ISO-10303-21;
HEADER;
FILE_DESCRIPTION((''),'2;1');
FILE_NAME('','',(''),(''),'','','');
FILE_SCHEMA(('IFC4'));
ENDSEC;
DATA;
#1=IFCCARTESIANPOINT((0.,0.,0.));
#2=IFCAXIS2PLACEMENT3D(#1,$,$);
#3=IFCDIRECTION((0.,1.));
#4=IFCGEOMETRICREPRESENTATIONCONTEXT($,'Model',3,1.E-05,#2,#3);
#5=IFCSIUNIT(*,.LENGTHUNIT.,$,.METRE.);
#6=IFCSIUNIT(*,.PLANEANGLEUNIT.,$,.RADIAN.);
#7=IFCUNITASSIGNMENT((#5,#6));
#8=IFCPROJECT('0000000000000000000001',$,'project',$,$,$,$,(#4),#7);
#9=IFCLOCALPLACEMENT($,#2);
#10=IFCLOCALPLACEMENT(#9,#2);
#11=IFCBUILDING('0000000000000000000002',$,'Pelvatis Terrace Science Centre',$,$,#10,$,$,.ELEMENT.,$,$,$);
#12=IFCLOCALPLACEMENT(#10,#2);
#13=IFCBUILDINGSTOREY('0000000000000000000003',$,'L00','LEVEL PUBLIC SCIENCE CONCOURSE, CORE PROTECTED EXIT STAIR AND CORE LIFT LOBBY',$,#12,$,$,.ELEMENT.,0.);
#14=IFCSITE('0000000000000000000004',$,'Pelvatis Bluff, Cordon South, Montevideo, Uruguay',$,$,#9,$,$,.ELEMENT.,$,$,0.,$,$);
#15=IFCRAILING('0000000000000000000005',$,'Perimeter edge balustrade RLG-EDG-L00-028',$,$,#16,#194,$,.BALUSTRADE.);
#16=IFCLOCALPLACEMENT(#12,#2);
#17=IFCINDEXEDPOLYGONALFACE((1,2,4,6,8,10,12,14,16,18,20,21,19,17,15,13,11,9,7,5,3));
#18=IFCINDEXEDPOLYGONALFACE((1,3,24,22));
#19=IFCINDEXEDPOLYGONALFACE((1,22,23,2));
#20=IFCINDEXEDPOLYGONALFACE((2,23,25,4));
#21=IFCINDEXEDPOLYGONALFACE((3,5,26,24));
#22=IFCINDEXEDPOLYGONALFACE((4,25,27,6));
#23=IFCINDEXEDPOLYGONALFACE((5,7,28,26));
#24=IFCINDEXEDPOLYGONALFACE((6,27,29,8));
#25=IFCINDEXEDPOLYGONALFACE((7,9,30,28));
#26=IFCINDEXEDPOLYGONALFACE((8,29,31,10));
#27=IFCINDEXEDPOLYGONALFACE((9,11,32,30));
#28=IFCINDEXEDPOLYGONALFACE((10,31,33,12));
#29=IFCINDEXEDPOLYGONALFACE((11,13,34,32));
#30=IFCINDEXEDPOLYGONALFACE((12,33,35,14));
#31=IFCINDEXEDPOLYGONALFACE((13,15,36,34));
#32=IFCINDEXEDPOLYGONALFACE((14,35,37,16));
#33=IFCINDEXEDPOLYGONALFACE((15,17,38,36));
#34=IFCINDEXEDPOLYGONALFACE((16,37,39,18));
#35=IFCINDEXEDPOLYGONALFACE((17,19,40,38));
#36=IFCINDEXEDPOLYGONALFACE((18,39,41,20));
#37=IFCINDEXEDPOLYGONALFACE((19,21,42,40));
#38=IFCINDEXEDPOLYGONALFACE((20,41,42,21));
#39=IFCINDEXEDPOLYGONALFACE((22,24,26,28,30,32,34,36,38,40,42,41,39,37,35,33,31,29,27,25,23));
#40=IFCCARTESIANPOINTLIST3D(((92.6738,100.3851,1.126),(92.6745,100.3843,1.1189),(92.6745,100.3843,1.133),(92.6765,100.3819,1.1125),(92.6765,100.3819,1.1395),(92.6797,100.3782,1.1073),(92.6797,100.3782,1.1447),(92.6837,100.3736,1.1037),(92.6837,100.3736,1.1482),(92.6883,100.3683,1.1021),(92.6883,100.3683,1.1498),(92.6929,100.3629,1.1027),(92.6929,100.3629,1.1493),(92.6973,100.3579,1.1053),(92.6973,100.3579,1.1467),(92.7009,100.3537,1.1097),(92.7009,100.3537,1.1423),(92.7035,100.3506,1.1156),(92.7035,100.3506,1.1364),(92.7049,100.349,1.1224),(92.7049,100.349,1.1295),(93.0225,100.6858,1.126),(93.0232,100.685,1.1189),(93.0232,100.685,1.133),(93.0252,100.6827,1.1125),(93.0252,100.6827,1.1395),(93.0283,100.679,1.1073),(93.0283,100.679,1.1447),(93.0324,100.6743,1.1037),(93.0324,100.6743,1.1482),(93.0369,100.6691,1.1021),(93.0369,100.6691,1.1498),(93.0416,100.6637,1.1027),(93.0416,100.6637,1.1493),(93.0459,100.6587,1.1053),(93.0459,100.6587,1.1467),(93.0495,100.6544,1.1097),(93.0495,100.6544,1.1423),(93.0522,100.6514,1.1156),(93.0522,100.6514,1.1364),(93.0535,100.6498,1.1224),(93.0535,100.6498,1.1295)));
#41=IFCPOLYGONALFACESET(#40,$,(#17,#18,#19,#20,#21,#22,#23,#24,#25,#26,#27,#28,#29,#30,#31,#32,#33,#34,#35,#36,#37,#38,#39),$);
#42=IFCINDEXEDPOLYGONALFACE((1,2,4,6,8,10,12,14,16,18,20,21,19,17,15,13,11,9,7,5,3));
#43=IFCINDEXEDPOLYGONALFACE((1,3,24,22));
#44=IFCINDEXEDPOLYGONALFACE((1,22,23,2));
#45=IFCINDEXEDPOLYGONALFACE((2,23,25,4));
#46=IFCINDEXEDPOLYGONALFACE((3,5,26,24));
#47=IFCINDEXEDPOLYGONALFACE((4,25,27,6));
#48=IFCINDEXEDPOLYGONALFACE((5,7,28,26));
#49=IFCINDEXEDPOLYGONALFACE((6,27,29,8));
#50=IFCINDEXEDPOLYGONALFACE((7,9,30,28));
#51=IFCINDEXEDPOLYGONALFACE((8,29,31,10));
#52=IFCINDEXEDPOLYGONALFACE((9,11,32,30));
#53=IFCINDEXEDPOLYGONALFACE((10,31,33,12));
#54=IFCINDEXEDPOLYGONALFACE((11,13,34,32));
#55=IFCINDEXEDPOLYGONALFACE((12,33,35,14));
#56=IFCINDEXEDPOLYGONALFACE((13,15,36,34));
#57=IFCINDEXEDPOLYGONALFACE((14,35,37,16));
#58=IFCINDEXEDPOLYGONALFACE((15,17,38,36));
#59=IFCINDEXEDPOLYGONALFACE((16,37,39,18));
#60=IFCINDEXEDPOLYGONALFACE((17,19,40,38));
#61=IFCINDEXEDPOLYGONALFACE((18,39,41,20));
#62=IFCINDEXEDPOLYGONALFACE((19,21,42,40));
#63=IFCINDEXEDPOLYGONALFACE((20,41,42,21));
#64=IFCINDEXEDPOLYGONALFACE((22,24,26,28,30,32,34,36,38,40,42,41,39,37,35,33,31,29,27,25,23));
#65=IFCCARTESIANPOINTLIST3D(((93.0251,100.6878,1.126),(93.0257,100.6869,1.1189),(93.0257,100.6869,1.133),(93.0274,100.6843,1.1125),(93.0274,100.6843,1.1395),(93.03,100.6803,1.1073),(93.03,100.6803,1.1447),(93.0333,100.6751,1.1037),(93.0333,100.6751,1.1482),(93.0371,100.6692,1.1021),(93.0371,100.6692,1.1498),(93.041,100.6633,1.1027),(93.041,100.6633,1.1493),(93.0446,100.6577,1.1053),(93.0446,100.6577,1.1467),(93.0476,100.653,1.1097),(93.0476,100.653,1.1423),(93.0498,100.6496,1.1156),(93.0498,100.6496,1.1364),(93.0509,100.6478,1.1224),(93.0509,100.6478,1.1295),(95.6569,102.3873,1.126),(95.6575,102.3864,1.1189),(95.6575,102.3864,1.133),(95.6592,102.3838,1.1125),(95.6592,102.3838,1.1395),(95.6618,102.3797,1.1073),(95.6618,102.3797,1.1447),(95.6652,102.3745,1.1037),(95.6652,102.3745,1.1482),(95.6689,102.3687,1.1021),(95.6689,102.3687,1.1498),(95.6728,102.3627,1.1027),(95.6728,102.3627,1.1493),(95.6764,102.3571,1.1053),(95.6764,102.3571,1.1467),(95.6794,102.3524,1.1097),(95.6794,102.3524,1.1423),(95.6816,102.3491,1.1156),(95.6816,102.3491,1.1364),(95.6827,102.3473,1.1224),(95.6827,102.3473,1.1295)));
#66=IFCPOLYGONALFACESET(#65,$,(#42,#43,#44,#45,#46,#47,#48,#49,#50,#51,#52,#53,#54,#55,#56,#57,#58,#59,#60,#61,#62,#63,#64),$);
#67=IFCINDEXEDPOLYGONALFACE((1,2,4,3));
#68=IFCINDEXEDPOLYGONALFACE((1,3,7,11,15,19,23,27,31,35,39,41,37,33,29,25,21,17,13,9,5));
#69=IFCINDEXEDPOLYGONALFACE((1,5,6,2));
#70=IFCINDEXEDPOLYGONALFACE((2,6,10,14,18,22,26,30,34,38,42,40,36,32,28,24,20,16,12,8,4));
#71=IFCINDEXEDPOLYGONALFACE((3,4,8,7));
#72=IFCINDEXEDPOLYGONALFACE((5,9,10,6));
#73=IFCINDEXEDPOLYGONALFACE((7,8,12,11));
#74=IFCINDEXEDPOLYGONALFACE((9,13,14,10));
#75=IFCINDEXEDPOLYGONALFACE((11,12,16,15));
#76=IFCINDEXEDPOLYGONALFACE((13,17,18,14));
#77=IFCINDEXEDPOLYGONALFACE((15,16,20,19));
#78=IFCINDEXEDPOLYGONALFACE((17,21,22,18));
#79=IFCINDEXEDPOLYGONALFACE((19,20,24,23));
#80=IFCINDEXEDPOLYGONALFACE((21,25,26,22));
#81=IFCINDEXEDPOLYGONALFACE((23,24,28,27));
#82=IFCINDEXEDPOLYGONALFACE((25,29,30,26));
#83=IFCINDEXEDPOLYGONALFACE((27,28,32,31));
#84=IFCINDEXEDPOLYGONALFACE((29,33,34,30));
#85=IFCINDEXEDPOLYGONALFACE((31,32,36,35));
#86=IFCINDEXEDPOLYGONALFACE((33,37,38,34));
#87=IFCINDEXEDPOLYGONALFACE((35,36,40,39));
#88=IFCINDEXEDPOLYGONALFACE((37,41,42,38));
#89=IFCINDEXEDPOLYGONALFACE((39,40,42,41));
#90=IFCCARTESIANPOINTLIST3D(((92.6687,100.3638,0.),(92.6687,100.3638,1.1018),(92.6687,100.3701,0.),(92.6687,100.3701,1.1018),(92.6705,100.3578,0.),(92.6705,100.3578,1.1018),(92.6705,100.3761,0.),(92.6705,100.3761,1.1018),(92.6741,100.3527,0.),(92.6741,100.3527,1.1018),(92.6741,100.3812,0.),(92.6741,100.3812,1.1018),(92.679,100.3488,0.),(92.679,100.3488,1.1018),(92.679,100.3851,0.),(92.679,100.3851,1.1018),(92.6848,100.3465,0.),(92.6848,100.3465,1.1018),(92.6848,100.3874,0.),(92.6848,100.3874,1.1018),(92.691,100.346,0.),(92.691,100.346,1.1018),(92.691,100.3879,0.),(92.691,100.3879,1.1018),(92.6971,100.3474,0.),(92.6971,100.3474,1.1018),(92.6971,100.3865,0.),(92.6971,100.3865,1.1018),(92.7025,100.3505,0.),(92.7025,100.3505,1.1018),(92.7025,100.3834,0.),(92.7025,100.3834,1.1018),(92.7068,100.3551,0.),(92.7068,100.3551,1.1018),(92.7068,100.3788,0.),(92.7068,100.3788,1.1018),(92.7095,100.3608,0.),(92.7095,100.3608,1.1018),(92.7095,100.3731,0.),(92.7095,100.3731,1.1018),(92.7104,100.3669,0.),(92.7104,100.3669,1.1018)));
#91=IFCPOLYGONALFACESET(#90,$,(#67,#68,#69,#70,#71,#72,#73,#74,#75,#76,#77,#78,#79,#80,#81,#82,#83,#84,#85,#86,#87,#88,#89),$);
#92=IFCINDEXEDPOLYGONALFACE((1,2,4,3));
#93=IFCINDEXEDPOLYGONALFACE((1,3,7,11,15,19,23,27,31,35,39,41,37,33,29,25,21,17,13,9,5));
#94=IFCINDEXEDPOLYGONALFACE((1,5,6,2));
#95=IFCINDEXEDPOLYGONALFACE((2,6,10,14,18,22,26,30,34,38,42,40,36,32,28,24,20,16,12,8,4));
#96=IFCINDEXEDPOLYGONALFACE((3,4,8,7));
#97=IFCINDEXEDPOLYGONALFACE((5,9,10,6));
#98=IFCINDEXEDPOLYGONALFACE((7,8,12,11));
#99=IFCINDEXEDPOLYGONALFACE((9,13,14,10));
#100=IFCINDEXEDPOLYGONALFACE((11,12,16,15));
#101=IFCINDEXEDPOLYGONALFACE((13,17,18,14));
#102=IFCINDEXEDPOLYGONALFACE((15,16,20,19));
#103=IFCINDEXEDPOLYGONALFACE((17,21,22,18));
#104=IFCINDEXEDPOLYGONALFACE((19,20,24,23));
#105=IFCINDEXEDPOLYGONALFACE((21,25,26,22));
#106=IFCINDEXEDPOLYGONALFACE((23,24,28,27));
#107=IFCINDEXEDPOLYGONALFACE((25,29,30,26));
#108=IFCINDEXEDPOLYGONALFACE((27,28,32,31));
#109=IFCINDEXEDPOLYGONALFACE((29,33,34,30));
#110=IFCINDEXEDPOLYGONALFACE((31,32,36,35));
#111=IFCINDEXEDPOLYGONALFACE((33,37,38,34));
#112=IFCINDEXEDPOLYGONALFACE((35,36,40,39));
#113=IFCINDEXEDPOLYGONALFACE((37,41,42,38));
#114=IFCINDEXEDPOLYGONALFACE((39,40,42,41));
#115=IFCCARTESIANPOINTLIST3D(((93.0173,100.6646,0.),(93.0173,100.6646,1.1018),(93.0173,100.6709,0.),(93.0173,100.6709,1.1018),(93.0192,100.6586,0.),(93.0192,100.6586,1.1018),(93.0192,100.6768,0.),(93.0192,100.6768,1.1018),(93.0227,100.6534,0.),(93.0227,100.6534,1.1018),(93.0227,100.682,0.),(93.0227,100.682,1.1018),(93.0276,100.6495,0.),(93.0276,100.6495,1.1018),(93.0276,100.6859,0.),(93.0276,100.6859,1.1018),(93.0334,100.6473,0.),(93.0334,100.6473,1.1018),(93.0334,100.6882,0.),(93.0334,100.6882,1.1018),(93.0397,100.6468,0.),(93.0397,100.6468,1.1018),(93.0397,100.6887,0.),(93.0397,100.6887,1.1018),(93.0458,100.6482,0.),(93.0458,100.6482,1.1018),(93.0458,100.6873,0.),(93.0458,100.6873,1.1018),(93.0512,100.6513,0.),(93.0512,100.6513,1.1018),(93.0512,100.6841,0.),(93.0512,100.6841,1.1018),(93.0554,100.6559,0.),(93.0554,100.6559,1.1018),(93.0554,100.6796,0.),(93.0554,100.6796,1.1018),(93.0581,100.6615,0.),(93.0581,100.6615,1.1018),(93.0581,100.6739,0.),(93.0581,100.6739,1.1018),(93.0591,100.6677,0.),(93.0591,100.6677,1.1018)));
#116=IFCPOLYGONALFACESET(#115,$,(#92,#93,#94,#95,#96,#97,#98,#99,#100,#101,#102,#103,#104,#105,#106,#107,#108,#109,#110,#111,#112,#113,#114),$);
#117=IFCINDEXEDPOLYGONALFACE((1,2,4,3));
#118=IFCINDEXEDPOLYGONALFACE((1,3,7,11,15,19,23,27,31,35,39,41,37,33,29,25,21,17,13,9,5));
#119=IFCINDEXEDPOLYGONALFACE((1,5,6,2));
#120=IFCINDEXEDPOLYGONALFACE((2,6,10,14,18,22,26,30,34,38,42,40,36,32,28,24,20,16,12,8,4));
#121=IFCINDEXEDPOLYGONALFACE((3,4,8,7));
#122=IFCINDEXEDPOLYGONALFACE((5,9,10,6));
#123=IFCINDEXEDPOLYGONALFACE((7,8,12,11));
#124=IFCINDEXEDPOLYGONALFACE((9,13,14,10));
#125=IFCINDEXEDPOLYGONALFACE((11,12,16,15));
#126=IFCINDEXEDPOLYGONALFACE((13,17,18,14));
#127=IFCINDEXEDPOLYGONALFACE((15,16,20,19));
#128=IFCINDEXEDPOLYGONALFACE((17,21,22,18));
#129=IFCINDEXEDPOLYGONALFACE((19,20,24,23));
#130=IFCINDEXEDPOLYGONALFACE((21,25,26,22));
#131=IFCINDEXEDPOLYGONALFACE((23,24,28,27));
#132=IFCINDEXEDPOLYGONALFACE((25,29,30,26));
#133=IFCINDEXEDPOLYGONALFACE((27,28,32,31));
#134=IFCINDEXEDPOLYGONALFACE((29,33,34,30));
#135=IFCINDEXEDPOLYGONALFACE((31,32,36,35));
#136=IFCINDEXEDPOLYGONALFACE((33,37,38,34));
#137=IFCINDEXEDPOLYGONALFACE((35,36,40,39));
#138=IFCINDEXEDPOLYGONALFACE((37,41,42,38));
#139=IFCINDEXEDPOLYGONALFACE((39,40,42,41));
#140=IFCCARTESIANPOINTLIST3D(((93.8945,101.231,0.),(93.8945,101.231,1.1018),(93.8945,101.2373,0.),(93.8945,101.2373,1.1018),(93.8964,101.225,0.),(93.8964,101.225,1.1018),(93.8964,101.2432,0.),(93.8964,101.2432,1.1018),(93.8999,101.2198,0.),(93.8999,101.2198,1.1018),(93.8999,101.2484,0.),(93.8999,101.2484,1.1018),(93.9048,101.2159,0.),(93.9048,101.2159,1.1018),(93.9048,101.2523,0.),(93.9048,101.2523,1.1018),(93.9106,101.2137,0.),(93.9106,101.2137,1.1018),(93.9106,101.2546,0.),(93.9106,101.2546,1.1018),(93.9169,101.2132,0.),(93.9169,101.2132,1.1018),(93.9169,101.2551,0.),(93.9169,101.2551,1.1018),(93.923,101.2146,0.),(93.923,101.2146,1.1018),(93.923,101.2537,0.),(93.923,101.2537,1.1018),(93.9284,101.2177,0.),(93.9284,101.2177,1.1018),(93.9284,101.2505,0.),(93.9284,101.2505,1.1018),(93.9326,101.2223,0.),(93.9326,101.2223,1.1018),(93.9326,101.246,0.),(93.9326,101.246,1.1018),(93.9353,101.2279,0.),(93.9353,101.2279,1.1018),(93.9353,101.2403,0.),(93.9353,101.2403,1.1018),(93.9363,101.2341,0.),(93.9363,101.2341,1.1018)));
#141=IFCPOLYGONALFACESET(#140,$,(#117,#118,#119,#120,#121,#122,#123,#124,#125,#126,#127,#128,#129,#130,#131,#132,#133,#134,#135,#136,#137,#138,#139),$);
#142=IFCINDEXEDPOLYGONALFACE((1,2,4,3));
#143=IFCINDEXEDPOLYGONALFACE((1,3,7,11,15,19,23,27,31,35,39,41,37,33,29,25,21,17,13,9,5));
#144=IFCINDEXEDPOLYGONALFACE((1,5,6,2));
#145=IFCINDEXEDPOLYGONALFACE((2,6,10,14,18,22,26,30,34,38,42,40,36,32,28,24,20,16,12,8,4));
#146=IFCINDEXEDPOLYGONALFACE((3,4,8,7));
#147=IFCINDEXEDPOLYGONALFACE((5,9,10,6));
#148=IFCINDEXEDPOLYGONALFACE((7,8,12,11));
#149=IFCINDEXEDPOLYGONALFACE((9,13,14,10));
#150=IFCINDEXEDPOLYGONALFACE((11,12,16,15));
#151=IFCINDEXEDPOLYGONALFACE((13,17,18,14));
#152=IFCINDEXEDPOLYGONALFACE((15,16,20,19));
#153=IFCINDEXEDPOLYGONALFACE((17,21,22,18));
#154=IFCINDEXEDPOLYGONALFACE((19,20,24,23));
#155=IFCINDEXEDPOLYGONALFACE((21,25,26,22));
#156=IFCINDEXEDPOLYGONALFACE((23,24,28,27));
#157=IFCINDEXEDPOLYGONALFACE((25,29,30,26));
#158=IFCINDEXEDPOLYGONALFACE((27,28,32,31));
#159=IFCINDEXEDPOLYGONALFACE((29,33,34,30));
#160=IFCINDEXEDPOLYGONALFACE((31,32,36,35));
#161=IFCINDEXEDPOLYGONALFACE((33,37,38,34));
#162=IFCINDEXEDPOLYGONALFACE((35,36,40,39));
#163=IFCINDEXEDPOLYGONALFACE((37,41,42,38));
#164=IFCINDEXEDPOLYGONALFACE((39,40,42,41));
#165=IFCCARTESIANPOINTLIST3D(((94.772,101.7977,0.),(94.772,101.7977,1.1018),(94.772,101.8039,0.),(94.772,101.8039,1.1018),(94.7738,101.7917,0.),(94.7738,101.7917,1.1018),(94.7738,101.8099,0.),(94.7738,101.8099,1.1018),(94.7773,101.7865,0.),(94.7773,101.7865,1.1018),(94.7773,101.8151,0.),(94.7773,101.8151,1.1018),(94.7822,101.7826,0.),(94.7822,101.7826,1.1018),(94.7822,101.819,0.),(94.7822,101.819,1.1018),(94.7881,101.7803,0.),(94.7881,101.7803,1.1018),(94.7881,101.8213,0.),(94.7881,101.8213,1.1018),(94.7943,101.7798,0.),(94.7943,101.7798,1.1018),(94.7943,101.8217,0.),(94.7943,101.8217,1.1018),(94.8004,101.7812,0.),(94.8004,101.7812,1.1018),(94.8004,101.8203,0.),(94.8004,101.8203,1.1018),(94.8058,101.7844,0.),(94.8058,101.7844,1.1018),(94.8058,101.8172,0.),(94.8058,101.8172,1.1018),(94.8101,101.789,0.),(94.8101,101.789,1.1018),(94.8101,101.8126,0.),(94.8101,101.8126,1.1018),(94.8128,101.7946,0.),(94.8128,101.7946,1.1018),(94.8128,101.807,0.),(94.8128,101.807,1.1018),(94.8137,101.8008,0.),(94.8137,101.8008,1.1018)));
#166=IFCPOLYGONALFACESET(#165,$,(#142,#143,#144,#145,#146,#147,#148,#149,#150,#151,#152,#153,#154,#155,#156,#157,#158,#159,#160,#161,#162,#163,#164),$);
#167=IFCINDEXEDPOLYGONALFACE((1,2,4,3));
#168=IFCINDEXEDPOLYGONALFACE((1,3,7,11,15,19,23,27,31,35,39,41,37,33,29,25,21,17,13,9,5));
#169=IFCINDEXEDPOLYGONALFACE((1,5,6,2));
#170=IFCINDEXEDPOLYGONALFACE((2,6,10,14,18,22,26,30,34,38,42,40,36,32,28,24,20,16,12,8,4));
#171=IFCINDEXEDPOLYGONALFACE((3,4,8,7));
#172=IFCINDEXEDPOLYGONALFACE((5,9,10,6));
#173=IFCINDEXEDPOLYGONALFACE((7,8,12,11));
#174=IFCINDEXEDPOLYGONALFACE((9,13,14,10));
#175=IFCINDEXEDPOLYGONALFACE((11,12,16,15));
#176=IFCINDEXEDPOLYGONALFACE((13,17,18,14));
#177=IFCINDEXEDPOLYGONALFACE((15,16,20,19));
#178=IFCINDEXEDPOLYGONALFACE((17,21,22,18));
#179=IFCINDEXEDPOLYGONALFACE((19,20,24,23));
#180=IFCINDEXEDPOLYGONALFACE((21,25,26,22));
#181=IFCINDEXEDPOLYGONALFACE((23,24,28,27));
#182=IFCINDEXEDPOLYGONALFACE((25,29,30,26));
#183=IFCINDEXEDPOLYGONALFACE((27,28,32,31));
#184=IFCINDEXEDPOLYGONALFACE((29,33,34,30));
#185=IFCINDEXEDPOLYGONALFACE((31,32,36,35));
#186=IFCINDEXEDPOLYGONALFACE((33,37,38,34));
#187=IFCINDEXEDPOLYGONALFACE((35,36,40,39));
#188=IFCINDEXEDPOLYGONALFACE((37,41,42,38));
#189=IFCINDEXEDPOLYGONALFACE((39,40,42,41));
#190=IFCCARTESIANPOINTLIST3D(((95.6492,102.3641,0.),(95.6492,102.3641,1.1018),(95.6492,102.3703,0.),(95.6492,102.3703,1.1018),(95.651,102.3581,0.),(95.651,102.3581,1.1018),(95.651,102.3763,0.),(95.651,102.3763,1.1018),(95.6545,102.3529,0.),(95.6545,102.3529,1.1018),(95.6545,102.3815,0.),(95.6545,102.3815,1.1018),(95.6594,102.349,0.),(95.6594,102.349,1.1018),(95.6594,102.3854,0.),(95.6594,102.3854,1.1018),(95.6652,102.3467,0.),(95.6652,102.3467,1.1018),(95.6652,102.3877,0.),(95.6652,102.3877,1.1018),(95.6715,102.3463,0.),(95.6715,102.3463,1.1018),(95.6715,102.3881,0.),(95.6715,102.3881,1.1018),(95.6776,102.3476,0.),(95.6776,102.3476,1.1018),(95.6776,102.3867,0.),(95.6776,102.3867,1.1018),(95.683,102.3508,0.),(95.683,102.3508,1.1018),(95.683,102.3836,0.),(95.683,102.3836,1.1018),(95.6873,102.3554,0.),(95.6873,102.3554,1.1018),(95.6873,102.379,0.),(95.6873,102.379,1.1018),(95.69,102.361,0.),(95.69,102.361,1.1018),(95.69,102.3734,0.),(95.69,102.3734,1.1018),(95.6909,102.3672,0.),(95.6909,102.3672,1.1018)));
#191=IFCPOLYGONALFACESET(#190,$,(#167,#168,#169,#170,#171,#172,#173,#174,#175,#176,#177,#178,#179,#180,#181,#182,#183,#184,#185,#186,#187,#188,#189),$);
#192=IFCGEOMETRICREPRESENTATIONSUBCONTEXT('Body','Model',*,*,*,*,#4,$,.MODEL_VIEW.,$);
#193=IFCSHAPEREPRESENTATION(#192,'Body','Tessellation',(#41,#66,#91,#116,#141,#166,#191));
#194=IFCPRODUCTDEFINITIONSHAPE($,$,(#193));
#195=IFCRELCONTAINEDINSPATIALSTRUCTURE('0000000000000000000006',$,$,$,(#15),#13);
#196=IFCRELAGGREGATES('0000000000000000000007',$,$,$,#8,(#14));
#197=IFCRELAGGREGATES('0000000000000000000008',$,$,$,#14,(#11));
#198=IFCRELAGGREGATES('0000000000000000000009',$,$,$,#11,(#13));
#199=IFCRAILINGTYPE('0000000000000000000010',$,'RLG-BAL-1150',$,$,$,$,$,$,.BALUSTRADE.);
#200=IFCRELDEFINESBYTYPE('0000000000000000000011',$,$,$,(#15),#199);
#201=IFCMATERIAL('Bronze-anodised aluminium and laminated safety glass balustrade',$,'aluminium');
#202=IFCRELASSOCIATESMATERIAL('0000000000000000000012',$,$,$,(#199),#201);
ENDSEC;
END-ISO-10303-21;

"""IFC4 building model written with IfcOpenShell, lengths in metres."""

from ifc_helpers import new_model, si_unit, direction, frame, origin, origin_2d, place, context, subcontext, project, spatial, circle, extrude, material, type_object, element, save


model = new_model("IFC4")

# Units and contexts
model_context = context("Model", 3, precision=1e-05, world=origin(), true_north=direction((0.0, 1.0)))
body_context = subcontext(model_context, "Body", "Model", "MODEL_VIEW")
ifc_project = project(units=[si_unit("LENGTHUNIT", "METRE"), si_unit("PLANEANGLEUNIT", "RADIAN")], contexts=[model_context])

# Site, building, storey
site_placement = place(None, origin())
site = spatial("IfcSite", under=ifc_project, at=site_placement, Name="Pelvatis Bluff, Cordon South, Montevideo, Uruguay", CompositionType="ELEMENT", RefElevation=0.0)
building_placement = place(site_placement, origin())
building = spatial("IfcBuilding", under=site, at=building_placement, Name="Pelvatis Terrace Science Centre", CompositionType="ELEMENT")
storey_placement = place(building_placement, origin())
storey = spatial("IfcBuildingStorey", under=building, at=storey_placement, Name="L00", Description="LEVEL PUBLIC SCIENCE CONCOURSE, CORE PROTECTED EXIT STAIR AND CORE LIFT LOBBY", CompositionType="ELEMENT", Elevation=0.0)

# Railing
ifc_material_1 = material(Name="Bronze-anodised aluminium and laminated safety glass balustrade", Category="aluminium")
railing_type = type_object("IfcRailingType", Name="RLG-BAL-1150", PredefinedType="BALUSTRADE", material=ifc_material_1)
railing_1_placement = place(storey_placement, frame((92.6895, 100.3669, 0.0)))
element("IfcRailing", 1, at=railing_1_placement, inside=storey, type_object=railing_type, Name="Perimeter edge balustrade RLG-EDG-L00-028", PredefinedType="BALUSTRADE", context=body_context, shape_type="SweptSolid", body=[
    extrude(circle(Radius=0.0239, at=origin_2d()), frame((0.0, 0.0, 1.126), z_axis=(0.757157, 0.653233, 0.0), x_axis=(-0.653233, 0.757157, 0.0)), (0.0, 0.0, 1.0), 0.4604),
    extrude(circle(Radius=0.0239, at=origin_2d()), frame((0.3486, 0.3008, 1.126), z_axis=(0.840078, 0.542466, 0.0), x_axis=(-0.542466, 0.840078, 0.0)), (0.0, 0.0, 1.0), 3.1328),
    extrude(circle(Radius=0.021, at=origin_2d()), origin(), (0.0, 0.0, 1.0), 1.1018),
    extrude(circle(Radius=0.021, at=origin_2d()), frame((0.3486, 0.3008, 0.0)), (0.0, 0.0, 1.0), 1.1018),
    extrude(circle(Radius=0.021, at=origin_2d()), frame((1.2258, 0.8672, 0.0)), (0.0, 0.0, 1.0), 1.1018),
    extrude(circle(Radius=0.021, at=origin_2d()), frame((2.1033, 1.4338, 0.0)), (0.0, 0.0, 1.0), 1.1018),
    extrude(circle(Radius=0.021, at=origin_2d()), frame((2.9805, 2.0002, 0.0)), (0.0, 0.0, 1.0), 1.1018),
])

save(model, "model.ifc")
